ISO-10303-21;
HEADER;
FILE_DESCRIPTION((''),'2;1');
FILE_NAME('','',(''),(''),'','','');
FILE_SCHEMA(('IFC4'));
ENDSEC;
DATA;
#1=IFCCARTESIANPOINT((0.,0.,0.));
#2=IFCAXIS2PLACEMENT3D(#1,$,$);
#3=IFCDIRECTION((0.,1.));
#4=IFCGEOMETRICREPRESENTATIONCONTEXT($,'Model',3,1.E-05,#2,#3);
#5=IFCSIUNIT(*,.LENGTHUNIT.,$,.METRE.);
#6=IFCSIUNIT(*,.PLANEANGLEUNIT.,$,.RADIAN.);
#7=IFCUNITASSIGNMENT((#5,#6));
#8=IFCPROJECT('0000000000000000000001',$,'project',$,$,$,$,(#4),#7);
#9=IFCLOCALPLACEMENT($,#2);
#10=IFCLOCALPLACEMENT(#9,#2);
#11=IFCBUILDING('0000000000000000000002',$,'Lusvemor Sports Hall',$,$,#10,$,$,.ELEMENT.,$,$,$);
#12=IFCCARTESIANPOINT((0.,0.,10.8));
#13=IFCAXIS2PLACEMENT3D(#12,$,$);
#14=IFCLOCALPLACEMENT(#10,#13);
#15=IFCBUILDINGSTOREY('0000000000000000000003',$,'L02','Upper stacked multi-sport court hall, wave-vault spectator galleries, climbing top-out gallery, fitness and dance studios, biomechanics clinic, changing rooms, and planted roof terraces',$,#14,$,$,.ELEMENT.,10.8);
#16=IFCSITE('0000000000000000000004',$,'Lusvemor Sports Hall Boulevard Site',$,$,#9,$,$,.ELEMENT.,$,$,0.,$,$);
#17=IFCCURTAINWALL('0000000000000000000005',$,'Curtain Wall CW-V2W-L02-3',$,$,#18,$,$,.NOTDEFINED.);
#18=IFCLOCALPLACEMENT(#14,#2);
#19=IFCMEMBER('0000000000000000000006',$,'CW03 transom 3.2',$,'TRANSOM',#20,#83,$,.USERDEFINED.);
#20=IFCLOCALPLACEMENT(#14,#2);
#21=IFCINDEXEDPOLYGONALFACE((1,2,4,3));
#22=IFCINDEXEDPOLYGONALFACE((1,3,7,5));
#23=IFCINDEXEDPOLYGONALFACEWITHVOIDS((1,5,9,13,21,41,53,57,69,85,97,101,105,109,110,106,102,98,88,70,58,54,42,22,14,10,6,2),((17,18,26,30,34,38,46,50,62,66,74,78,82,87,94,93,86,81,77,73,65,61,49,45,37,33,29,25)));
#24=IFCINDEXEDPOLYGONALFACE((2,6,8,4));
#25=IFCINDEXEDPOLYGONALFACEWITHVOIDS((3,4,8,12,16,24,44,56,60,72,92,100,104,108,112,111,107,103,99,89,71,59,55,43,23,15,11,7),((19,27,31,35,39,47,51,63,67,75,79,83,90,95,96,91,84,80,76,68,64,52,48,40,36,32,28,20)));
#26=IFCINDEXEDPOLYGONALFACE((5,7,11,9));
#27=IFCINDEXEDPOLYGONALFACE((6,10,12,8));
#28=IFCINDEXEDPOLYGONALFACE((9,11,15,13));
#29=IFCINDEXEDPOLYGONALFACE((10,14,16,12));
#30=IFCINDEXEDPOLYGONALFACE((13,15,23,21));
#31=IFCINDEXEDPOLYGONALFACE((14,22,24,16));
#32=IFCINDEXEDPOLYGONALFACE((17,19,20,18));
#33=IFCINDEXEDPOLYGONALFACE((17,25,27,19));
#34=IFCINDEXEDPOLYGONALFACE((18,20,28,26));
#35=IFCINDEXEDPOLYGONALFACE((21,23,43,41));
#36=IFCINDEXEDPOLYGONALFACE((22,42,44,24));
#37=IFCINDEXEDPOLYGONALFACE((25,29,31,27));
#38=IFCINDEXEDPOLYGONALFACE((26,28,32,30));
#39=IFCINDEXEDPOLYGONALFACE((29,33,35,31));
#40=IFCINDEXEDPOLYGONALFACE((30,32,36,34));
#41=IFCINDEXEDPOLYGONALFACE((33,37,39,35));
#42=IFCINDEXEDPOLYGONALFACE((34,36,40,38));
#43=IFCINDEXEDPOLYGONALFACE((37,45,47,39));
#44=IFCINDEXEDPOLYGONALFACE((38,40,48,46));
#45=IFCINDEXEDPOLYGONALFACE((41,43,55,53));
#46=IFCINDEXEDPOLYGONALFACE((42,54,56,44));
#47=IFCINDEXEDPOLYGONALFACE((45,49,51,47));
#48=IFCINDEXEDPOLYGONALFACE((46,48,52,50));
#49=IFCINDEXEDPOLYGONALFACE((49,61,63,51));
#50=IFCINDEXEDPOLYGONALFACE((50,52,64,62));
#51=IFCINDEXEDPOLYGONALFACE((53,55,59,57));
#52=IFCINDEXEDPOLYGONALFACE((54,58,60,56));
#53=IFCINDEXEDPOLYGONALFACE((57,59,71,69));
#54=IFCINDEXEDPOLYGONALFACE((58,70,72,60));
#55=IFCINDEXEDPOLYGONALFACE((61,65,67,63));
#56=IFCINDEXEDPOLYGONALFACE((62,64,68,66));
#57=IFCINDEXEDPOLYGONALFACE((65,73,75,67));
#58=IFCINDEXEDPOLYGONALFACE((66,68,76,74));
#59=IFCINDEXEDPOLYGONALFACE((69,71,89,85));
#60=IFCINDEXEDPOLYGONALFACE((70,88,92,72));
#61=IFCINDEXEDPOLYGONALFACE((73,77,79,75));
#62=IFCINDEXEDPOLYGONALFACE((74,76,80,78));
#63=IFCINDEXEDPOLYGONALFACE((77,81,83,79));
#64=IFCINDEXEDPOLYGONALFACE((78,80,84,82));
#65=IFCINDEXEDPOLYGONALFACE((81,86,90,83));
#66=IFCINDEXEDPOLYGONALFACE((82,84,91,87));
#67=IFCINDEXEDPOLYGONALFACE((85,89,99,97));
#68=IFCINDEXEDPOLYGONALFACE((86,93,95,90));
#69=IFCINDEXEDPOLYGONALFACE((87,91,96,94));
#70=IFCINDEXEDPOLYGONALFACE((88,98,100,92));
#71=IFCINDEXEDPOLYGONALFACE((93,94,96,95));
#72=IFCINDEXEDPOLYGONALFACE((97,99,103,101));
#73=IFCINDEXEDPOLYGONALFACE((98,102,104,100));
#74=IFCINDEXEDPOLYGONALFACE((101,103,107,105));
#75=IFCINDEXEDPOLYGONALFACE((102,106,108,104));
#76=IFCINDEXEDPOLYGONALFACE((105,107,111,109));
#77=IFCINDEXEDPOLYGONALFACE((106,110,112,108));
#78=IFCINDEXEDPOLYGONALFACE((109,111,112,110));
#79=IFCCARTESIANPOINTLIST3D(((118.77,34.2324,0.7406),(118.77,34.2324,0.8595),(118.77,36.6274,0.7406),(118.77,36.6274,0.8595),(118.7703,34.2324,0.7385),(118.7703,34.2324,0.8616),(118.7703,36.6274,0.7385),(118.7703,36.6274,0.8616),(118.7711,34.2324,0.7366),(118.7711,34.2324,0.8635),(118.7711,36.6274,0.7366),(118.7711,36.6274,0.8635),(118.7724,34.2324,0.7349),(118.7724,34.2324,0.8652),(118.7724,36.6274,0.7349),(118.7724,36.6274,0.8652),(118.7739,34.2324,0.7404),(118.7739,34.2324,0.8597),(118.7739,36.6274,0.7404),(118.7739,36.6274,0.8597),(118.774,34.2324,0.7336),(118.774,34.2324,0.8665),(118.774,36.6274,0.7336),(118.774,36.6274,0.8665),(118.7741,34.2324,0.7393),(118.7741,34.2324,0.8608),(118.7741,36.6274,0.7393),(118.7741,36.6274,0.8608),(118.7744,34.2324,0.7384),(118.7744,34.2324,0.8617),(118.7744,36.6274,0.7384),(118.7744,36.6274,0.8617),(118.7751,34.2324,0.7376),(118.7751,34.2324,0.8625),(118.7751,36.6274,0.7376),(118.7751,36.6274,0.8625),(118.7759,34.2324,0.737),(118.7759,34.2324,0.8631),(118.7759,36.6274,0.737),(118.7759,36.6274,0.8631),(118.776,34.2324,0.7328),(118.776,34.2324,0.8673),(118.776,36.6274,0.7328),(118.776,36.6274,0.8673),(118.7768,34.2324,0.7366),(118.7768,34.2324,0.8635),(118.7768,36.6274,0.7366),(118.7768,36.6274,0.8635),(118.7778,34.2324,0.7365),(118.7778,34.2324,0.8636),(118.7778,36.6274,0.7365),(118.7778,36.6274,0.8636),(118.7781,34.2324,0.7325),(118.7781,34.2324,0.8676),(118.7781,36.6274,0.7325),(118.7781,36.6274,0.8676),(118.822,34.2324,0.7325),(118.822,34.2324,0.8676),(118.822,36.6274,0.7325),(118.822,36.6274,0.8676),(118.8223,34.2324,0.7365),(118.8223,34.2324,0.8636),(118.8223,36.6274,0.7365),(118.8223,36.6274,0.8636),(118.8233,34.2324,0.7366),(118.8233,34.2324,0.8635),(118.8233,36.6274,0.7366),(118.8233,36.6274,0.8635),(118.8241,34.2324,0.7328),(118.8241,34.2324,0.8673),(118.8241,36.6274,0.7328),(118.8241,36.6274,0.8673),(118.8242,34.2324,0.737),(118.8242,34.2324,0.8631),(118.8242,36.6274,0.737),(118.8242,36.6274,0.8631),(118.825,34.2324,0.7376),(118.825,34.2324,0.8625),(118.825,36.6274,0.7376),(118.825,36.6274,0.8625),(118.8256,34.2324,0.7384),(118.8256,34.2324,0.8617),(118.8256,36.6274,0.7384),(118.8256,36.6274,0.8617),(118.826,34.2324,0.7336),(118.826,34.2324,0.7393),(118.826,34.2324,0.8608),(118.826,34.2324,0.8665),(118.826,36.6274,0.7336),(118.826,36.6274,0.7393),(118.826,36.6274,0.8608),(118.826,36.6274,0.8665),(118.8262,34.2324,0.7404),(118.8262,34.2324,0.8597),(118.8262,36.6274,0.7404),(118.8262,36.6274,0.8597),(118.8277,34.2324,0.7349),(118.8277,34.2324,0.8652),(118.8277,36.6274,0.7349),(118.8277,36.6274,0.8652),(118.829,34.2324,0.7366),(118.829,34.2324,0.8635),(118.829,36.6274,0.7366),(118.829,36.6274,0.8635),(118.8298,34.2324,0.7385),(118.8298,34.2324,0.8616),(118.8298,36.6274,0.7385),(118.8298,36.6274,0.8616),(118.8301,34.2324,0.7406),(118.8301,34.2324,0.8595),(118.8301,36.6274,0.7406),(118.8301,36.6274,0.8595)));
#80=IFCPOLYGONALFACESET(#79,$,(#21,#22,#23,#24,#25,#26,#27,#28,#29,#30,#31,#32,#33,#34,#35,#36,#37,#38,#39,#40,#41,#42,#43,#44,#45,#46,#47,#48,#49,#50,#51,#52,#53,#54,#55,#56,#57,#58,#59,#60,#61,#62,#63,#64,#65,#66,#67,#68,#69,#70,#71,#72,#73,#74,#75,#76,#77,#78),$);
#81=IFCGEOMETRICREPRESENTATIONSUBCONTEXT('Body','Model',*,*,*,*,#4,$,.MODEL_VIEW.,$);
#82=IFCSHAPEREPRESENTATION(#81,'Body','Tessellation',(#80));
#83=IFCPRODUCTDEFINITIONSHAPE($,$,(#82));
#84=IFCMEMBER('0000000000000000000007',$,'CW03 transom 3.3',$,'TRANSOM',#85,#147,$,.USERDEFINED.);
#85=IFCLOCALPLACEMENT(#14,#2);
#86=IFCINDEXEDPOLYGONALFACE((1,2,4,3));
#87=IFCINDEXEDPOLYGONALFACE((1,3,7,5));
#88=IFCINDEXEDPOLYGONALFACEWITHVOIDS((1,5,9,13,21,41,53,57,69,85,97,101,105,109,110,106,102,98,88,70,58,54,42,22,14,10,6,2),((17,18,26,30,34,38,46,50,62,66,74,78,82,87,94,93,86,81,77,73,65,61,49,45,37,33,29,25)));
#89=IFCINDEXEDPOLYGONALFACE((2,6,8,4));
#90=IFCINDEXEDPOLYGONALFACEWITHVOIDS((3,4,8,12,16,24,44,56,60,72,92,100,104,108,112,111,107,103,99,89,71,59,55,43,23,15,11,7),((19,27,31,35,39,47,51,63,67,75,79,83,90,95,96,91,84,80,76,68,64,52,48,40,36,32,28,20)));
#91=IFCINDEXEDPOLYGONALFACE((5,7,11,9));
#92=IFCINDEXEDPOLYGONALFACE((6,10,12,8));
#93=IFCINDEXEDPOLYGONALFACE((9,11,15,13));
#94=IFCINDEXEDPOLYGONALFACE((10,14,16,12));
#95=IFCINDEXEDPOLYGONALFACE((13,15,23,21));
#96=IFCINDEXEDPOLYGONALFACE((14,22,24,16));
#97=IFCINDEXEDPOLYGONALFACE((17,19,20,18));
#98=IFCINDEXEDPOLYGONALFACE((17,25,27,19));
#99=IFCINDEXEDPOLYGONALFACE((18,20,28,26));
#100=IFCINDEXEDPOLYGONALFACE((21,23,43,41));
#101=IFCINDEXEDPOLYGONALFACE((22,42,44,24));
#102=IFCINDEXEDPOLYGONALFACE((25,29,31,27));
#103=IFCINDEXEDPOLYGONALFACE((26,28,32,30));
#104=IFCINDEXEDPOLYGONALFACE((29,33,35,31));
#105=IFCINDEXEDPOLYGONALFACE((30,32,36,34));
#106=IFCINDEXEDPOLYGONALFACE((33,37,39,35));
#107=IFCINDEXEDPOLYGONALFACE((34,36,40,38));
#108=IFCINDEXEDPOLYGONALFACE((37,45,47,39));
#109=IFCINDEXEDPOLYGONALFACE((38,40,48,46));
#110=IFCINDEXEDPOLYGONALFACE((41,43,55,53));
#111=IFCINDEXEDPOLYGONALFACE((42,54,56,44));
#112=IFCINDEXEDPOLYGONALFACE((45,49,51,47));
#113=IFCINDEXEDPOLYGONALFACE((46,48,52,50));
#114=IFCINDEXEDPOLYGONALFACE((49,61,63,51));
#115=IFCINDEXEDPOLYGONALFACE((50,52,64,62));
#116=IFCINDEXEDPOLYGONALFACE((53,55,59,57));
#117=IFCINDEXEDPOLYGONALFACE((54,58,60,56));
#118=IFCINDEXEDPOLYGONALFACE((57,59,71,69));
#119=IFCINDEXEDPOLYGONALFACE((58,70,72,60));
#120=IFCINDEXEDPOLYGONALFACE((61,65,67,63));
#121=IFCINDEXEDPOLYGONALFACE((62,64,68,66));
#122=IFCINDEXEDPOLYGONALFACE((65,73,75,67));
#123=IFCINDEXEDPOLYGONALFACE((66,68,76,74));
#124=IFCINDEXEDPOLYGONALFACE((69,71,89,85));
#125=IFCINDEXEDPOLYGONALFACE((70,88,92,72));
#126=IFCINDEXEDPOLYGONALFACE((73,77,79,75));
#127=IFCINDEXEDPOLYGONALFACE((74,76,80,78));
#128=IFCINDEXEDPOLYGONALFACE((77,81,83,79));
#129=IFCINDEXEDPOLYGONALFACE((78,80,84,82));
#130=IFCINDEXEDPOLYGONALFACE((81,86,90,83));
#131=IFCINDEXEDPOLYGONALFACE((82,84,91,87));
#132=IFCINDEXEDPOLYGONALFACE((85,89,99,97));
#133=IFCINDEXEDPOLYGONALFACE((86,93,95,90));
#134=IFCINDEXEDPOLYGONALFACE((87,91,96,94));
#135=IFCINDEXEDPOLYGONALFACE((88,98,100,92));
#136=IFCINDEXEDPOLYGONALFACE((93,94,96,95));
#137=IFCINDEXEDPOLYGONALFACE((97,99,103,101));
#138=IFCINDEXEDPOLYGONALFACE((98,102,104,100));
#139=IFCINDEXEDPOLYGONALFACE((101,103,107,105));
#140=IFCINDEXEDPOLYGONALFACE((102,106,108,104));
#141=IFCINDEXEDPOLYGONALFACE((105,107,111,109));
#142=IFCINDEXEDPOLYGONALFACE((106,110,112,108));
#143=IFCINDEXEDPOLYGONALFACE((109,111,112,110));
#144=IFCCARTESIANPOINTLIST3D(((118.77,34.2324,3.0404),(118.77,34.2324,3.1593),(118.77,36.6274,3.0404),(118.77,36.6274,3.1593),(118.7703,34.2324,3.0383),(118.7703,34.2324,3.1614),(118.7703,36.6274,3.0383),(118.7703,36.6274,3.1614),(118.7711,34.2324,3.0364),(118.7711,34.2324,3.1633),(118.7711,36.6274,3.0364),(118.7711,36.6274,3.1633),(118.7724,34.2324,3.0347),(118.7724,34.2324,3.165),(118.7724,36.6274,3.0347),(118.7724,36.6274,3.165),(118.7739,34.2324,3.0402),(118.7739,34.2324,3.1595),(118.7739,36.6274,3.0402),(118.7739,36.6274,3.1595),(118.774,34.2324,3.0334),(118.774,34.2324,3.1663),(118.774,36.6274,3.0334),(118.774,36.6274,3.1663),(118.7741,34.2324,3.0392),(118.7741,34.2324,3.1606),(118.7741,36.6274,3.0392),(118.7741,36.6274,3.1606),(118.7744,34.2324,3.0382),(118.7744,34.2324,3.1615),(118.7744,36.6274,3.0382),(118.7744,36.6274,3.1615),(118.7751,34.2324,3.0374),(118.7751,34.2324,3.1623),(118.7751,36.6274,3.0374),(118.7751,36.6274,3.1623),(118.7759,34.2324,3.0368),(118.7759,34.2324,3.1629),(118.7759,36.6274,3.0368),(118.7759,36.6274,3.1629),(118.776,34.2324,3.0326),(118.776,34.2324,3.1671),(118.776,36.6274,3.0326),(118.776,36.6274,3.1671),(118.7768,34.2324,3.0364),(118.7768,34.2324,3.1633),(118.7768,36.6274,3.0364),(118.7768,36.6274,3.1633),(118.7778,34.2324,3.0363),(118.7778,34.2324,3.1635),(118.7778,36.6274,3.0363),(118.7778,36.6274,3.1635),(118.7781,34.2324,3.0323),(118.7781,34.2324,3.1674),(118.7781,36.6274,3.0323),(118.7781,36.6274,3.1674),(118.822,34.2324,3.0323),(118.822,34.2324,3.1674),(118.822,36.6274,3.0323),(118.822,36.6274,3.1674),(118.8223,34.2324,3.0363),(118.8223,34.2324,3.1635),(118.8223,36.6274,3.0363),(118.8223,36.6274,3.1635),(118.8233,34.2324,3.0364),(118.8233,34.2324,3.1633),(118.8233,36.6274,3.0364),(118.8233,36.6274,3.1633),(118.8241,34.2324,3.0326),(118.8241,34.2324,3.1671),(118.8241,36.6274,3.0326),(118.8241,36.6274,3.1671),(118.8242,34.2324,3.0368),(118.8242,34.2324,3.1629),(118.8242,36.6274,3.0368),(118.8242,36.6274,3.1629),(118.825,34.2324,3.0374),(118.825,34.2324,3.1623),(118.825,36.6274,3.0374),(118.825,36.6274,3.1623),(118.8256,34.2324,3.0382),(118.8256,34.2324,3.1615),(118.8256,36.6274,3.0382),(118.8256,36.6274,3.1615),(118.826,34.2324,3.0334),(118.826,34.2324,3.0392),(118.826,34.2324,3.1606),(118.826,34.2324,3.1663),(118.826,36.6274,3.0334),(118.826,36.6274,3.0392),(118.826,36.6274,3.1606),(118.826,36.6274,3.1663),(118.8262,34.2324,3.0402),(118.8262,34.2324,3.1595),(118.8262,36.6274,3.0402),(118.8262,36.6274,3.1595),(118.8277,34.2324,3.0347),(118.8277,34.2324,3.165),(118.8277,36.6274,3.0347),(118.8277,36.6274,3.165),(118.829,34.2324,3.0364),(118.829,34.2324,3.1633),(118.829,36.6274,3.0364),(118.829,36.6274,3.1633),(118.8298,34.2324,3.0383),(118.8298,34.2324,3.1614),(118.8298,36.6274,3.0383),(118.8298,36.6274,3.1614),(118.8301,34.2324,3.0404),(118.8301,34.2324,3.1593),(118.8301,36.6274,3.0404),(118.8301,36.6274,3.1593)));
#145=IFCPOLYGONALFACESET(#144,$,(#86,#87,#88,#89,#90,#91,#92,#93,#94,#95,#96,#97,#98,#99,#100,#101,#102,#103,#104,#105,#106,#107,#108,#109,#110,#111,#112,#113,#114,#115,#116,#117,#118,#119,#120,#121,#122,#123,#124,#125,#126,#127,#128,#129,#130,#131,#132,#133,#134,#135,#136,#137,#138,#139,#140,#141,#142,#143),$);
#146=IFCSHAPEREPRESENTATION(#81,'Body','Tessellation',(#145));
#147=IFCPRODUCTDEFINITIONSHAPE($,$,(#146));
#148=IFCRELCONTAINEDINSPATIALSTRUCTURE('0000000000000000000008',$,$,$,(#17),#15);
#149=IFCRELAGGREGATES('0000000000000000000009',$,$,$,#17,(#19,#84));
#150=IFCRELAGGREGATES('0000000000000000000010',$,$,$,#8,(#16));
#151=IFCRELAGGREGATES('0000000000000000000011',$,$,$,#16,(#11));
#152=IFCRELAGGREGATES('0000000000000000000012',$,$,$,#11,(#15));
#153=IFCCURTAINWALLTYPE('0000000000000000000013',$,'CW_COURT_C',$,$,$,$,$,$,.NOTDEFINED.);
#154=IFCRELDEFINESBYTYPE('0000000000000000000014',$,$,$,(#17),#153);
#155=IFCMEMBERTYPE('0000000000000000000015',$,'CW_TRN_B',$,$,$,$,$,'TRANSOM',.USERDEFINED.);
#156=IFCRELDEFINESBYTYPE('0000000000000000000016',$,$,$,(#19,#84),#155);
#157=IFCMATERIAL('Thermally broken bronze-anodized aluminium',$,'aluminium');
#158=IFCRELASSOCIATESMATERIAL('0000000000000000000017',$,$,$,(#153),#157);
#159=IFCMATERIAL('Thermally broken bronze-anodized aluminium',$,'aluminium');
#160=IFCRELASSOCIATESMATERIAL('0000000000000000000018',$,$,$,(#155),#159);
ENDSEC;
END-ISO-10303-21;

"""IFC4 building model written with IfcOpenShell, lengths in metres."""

from ifc_helpers import new_model, si_unit, direction, frame, origin, origin_2d, place, context, subcontext, project, spatial, hollow_rectangle, extrude, material, material_profile, profile_set, type_object, element, aggregate, save


model = new_model("IFC4")

# Units and contexts
model_context = context("Model", 3, precision=1e-05, world=origin(), true_north=direction((0.0, 1.0)))
body_context = subcontext(model_context, "Body", "Model", "MODEL_VIEW")
ifc_project = project(units=[si_unit("LENGTHUNIT", "METRE"), si_unit("PLANEANGLEUNIT", "RADIAN")], contexts=[model_context])

# Site, building, storey
site_placement = place(None, origin())
site = spatial("IfcSite", under=ifc_project, at=site_placement, Name="Lusvemor Sports Hall Boulevard Site", CompositionType="ELEMENT", RefElevation=0.0)
building_placement = place(site_placement, origin())
building = spatial("IfcBuilding", under=site, at=building_placement, Name="Lusvemor Sports Hall", CompositionType="ELEMENT")
storey_placement = place(building_placement, frame((0.0, 0.0, 10.8)))
storey = spatial("IfcBuildingStorey", under=building, at=storey_placement, Name="L02", Description="Upper stacked multi-sport court hall, wave-vault spectator galleries, climbing top-out gallery, fitness and dance studios, biomechanics clinic, changing rooms, and planted roof terraces", CompositionType="ELEMENT", Elevation=10.8)

# Curtain wall, members
ifc_material_1 = material(Name="Thermally broken bronze-anodized aluminium", Category="aluminium")
curtain_wall_type = type_object("IfcCurtainWallType", Name="CW_COURT_C", PredefinedType="NOTDEFINED", material=ifc_material_1)
curtain_wall_placement = place(storey_placement, origin())
curtain_wall = element("IfcCurtainWall", 1, at=curtain_wall_placement, inside=storey, type_object=curtain_wall_type, Name="Curtain Wall CW-V2W-L02-3", PredefinedType="NOTDEFINED")
ifc_material_2 = material(Name="Thermally broken bronze-anodized aluminium", Category="aluminium")
ifc_material_profile_1 = material_profile(ifc_material_2, hollow_rectangle(XDim=0.0601, YDim=0.135, WallThickness=0.0039, InnerFilletRadius=0.0039, OuterFilletRadius=0.0081, at=origin_2d()), Name="CWTRN135x60x4")
ifc_profile_set_1 = profile_set([ifc_material_profile_1], Name="Thermally broken bronze-anodized aluminium")
member_type_1 = type_object("IfcMemberType", Name="CW_TRN_B", ElementType="TRANSOM", PredefinedType="USERDEFINED", material=ifc_profile_set_1)
member_1_placement = place(storey_placement, frame((118.8, 34.2324, 0.8), z_axis=(0.0, 1.0, 0.0), x_axis=(-1.0, 0.0, 0.0)))
member_1 = element("IfcMember", 2, at=member_1_placement, type_object=member_type_1, Name="CW03 transom 3.2", ObjectType="TRANSOM", PredefinedType="USERDEFINED", context=body_context, shape_type="SweptSolid", body=[
    extrude(hollow_rectangle(XDim=0.0601, YDim=0.135, WallThickness=0.0039, InnerFilletRadius=0.0039, OuterFilletRadius=0.0081, at=origin_2d()), origin(), (0.0, 0.0, 1.0), 2.395),
])
member_2_placement = place(storey_placement, frame((118.8, 34.2324, 3.0999), z_axis=(0.0, 1.0, 0.0), x_axis=(-1.0, 0.0, 0.0)))
member_2 = element("IfcMember", 3, at=member_2_placement, type_object=member_type_1, Name="CW03 transom 3.3", ObjectType="TRANSOM", PredefinedType="USERDEFINED", context=body_context, shape_type="SweptSolid", body=[
    extrude(hollow_rectangle(XDim=0.0601, YDim=0.135, WallThickness=0.0039, InnerFilletRadius=0.0039, OuterFilletRadius=0.0081, at=origin_2d()), origin(), (0.0, 0.0, 1.0), 2.395),
])
aggregate(curtain_wall, [member_1, member_2])

save(model, "model.ifc")
